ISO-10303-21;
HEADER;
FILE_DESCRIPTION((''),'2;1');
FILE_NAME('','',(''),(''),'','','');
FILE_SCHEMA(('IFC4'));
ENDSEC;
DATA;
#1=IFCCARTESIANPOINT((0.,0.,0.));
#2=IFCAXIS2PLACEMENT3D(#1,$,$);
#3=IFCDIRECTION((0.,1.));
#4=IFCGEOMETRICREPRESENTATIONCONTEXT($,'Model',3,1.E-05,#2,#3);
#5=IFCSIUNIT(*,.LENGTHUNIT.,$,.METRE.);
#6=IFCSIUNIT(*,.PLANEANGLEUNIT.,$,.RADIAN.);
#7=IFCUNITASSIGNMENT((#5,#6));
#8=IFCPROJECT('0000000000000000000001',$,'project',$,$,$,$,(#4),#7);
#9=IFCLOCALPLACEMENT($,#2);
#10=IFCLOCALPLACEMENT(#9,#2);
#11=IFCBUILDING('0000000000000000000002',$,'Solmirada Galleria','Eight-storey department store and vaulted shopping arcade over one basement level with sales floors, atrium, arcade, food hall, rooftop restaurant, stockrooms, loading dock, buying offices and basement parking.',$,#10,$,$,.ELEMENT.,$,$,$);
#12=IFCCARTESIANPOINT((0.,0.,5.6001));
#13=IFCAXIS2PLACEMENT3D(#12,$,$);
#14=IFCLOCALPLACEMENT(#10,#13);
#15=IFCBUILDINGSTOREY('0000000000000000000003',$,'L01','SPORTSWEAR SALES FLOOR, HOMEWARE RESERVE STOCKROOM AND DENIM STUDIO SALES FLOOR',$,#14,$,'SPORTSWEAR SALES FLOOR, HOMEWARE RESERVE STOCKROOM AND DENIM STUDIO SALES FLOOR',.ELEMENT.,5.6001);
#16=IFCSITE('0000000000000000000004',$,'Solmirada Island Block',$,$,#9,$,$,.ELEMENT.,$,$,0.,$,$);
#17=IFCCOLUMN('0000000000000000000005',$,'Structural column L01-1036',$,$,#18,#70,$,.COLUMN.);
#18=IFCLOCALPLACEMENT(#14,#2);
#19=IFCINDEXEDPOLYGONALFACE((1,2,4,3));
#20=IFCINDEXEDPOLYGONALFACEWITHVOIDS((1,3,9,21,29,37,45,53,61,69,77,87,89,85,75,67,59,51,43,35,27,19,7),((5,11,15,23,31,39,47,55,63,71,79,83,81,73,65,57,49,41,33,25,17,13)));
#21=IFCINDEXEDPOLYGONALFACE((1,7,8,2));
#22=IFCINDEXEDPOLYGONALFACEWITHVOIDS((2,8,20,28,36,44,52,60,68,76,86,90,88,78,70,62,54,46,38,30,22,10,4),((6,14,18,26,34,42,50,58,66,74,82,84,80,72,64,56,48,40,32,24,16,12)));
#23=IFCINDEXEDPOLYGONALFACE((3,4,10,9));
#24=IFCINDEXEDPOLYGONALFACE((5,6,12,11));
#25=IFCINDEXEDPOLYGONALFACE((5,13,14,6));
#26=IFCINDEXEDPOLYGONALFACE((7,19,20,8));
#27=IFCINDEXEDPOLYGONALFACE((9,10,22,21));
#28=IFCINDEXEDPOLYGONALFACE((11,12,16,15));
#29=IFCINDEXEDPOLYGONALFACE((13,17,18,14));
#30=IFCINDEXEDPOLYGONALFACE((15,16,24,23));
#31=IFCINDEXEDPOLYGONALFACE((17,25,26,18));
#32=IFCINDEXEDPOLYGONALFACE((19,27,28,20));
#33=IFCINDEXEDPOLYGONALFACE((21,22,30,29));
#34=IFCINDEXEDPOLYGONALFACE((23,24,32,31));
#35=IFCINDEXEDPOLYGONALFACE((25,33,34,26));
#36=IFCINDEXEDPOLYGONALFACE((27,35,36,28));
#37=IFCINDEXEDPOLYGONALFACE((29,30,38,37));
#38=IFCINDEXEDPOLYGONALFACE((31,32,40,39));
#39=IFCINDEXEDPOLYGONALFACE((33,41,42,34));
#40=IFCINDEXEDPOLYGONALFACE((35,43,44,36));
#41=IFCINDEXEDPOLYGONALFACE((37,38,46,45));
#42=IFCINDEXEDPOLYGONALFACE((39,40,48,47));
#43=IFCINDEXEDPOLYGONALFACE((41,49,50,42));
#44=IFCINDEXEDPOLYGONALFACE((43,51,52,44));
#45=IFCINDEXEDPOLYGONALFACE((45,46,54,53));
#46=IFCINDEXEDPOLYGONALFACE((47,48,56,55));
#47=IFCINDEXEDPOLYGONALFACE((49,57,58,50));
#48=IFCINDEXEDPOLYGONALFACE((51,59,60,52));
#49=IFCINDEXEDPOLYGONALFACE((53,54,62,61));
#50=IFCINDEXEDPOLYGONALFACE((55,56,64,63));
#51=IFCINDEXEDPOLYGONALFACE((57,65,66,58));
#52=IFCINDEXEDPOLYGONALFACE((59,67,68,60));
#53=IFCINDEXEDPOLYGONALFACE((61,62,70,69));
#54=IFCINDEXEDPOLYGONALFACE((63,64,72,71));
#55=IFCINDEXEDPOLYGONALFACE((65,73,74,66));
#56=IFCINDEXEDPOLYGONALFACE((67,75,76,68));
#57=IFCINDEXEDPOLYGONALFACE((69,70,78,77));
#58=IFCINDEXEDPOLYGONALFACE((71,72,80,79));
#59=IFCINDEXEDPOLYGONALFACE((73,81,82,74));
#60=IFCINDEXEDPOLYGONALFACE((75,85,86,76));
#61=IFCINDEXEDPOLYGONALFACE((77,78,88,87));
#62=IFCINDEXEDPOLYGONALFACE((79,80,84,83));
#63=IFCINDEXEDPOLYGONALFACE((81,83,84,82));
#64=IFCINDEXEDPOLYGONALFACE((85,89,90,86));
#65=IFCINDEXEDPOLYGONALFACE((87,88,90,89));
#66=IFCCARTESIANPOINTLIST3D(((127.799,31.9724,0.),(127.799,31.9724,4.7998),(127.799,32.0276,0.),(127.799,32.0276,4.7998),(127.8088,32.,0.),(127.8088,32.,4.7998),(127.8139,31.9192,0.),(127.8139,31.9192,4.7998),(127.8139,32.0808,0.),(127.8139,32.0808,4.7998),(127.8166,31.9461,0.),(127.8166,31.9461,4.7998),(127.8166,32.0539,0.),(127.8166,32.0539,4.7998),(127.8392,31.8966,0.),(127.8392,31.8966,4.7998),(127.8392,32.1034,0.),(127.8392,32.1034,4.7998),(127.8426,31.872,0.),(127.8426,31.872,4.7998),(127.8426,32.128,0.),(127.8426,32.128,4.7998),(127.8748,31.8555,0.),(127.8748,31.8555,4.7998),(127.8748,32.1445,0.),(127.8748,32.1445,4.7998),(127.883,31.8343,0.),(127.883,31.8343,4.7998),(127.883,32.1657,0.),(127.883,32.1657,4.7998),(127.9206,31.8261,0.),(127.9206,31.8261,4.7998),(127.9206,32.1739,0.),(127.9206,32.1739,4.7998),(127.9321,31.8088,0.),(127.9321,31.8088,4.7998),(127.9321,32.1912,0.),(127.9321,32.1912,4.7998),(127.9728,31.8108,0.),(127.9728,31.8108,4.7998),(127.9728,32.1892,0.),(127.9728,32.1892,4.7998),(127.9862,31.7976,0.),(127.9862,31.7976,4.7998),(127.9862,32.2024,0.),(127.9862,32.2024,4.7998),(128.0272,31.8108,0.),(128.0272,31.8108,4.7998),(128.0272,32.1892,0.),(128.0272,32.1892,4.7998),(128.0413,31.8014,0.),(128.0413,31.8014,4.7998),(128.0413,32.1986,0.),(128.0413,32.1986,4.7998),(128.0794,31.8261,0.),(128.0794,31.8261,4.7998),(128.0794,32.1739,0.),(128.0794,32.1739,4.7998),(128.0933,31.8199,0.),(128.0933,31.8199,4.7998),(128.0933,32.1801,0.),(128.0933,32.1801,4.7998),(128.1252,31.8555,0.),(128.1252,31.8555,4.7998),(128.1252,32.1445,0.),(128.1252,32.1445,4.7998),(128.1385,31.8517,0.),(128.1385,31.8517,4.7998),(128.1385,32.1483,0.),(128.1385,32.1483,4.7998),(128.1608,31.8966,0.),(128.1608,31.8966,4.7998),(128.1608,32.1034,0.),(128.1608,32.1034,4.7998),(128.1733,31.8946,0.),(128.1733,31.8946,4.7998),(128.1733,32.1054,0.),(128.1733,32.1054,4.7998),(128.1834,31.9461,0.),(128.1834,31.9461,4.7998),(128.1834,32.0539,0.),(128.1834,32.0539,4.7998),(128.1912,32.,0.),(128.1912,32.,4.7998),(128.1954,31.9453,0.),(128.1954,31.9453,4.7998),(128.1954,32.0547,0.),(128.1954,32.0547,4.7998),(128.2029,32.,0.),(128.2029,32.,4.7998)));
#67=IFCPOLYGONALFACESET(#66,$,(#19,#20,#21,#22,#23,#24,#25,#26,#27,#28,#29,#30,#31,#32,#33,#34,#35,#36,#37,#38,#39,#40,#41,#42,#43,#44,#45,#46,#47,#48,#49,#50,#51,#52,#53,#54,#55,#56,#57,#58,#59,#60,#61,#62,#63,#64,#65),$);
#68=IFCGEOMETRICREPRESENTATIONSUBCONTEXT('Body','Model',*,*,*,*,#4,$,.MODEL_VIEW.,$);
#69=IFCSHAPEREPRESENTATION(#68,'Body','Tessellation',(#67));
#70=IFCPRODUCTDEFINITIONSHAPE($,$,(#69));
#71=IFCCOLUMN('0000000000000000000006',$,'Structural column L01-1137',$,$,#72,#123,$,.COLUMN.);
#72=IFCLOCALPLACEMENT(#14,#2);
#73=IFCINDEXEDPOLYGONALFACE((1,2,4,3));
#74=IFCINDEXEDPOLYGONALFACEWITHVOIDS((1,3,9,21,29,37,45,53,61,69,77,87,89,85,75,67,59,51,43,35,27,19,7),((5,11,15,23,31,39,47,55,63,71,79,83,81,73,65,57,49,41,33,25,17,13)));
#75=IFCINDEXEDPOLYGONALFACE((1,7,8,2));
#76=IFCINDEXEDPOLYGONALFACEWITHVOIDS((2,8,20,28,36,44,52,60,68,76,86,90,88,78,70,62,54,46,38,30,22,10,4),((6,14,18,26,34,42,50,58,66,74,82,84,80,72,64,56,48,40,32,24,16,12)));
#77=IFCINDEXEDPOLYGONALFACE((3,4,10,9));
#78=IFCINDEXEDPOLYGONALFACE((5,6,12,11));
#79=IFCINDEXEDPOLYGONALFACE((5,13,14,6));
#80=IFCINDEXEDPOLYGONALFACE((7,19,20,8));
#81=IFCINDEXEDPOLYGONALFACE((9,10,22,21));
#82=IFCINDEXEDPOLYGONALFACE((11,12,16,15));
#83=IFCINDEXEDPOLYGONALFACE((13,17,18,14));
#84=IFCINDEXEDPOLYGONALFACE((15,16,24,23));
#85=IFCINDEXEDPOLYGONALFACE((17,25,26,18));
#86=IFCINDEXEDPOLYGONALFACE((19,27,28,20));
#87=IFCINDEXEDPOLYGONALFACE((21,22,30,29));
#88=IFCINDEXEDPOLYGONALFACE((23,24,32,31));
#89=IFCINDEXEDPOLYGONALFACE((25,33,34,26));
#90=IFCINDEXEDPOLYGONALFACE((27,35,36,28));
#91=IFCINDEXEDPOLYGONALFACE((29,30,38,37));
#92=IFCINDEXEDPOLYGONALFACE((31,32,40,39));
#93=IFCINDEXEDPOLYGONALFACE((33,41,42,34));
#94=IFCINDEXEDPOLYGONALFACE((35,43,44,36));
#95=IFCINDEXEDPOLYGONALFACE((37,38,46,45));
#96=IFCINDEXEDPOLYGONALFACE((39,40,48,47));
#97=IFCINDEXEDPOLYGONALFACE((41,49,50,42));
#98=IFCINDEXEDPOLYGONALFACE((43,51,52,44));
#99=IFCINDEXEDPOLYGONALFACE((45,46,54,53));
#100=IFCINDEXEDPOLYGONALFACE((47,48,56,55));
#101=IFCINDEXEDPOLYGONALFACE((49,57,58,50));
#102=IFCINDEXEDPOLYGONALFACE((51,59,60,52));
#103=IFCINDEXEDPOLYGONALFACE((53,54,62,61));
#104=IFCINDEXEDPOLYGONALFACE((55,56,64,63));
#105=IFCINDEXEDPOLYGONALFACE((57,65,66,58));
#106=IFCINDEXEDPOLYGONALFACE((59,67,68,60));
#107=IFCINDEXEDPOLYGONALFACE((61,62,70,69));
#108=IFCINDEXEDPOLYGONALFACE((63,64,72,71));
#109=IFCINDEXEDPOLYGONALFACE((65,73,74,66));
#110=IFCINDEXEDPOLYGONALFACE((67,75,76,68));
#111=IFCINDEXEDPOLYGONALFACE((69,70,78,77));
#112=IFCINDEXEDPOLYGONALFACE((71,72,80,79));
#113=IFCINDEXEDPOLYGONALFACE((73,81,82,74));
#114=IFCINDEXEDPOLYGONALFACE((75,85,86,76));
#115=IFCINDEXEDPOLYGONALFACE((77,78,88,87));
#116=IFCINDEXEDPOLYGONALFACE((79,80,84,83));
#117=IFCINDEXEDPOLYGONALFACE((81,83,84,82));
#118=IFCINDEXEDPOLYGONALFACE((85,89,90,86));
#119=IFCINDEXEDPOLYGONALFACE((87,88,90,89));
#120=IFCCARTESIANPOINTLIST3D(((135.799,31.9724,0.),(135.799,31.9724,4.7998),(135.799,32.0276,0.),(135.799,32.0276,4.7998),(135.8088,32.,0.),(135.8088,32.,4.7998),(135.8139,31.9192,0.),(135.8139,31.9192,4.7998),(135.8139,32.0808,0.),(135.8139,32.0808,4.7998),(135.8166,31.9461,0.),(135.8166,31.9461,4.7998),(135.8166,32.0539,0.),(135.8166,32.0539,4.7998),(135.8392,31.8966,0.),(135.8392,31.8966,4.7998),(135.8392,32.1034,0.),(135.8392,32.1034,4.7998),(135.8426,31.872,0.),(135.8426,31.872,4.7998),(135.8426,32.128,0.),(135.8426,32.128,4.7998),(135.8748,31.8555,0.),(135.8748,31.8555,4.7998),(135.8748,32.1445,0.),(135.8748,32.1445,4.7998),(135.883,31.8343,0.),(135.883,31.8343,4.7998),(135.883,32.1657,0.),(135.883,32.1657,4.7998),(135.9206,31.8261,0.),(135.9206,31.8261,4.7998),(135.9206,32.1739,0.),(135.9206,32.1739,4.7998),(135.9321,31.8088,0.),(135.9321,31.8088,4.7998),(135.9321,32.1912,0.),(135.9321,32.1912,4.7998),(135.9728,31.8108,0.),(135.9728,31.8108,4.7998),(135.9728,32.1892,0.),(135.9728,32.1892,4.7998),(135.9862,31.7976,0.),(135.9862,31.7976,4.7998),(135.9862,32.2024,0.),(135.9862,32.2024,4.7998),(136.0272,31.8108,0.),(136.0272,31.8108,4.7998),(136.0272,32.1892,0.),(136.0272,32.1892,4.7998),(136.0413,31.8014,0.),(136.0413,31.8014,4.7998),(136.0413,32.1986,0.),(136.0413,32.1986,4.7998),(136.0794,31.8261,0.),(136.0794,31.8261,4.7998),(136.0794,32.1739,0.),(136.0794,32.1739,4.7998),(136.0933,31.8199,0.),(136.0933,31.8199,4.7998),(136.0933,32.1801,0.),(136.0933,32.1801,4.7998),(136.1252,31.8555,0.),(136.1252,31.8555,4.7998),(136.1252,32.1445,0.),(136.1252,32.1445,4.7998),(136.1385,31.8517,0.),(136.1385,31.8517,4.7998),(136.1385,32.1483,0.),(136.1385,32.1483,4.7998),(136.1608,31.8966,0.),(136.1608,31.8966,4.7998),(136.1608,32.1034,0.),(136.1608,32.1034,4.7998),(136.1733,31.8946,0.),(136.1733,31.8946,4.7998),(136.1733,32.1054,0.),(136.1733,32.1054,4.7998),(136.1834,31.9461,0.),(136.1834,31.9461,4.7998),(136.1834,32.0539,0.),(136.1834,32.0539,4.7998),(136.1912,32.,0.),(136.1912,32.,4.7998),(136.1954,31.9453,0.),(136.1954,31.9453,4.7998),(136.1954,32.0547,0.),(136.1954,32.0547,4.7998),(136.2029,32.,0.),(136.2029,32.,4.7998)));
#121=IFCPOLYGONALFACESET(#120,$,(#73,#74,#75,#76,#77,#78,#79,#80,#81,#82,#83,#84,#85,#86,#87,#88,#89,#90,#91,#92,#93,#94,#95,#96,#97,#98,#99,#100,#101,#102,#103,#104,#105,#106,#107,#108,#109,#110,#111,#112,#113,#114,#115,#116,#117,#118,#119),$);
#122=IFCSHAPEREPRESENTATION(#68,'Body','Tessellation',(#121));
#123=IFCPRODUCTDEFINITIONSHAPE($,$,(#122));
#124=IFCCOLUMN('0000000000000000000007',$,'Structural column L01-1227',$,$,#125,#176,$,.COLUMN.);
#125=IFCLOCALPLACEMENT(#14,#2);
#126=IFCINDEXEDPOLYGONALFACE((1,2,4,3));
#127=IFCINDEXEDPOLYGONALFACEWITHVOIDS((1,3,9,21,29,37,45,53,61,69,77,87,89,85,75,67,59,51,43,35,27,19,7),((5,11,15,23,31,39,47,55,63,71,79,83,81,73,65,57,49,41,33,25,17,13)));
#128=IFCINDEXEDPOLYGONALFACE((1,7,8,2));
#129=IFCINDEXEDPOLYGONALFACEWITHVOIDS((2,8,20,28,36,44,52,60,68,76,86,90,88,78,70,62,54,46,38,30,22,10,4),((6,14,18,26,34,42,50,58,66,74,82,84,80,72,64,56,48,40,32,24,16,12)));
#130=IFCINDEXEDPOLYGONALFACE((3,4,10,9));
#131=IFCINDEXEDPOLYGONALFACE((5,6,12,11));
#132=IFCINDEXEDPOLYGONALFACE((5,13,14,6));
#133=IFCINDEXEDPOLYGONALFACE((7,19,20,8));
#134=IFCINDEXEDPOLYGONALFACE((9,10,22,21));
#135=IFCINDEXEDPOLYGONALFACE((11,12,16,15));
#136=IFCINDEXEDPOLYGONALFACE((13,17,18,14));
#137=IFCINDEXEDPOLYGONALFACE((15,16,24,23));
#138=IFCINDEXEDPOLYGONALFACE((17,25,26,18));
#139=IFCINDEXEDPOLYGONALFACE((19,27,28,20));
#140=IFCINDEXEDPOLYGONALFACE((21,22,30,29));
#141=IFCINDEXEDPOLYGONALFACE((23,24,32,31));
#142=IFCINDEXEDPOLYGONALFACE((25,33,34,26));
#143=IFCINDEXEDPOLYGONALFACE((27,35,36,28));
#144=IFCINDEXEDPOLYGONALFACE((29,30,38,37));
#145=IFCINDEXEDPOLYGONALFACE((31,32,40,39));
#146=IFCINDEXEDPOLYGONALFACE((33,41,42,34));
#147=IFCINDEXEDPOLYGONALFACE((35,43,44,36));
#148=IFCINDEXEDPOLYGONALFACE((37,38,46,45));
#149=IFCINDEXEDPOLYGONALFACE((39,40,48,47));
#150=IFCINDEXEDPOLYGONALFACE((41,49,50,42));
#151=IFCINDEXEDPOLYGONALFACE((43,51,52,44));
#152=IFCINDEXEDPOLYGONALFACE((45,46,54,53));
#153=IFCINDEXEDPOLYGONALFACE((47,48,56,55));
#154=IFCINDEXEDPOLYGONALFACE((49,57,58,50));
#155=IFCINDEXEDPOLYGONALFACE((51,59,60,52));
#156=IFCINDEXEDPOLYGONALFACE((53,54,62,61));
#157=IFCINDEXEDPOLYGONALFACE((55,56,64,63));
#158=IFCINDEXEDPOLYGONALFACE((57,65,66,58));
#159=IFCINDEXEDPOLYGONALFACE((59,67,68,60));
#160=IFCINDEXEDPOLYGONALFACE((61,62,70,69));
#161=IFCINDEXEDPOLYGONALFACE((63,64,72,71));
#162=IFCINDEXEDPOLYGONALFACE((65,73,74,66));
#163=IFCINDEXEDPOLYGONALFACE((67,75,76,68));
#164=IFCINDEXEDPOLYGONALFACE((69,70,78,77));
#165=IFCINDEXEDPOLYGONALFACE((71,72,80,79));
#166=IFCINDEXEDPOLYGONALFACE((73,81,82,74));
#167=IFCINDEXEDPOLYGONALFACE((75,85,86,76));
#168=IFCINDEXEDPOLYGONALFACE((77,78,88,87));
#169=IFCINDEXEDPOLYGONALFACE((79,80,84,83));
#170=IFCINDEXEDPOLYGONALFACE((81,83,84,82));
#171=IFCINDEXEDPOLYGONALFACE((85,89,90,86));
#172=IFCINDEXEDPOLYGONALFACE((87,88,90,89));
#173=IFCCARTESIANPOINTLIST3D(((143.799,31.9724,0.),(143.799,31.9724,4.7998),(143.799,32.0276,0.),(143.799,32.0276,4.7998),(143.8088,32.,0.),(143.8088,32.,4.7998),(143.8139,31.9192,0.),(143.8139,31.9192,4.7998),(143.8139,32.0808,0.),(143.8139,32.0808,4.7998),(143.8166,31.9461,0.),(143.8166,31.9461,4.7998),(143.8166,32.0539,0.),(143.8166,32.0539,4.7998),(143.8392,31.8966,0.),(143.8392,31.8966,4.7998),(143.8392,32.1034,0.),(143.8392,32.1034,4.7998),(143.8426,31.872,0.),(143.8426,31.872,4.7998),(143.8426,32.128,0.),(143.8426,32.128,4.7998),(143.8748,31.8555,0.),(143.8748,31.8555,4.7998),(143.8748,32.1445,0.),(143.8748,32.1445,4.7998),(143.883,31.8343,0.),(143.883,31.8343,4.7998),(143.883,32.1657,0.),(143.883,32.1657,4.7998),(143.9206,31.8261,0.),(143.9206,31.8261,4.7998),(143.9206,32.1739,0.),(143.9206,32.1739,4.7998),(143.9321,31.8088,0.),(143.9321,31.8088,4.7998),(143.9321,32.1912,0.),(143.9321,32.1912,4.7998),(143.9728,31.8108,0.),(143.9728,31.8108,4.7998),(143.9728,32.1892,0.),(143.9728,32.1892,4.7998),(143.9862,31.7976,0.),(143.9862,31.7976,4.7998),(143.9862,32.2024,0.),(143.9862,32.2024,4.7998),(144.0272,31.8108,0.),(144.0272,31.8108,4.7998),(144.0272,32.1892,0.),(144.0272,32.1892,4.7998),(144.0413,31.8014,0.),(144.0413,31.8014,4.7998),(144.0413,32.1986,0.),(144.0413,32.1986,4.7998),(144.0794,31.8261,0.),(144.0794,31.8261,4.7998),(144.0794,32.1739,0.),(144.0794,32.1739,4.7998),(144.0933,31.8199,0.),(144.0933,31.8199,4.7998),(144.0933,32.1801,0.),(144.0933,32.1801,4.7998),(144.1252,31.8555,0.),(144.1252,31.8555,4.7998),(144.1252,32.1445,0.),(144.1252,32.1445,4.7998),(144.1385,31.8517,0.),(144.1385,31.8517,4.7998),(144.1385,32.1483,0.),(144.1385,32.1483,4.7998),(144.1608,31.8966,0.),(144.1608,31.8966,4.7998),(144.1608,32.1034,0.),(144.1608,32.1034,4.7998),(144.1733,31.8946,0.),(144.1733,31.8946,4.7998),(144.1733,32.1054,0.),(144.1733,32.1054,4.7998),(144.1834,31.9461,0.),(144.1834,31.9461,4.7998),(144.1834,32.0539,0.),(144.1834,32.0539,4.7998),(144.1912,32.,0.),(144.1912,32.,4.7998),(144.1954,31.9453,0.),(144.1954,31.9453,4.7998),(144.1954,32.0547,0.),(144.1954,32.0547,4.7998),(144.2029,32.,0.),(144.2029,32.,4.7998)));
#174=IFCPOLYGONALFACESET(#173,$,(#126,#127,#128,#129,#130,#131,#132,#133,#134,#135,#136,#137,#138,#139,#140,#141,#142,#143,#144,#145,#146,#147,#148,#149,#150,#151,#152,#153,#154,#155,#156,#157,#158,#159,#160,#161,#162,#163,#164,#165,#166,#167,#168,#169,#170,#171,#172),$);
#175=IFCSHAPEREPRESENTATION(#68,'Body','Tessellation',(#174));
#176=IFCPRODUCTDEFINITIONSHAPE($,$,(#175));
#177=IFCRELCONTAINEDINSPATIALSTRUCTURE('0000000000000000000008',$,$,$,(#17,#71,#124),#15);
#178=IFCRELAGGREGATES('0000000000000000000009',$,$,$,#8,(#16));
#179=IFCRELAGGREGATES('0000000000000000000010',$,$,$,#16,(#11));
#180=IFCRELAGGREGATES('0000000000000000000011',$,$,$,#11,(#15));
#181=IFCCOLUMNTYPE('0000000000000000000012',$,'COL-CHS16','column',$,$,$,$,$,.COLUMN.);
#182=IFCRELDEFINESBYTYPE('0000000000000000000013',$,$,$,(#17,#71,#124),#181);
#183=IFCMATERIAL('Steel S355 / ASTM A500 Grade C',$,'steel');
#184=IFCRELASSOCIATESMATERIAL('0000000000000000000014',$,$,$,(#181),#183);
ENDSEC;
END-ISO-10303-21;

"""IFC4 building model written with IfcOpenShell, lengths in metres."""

from ifc_helpers import new_model, si_unit, direction, frame, origin, origin_2d, place, context, subcontext, project, spatial, hollow_circle, extrude, material, material_profile, profile_set, type_object, element, save


model = new_model("IFC4")

# Units and contexts
model_context = context("Model", 3, precision=1e-05, world=origin(), true_north=direction((0.0, 1.0)))
body_context = subcontext(model_context, "Body", "Model", "MODEL_VIEW")
ifc_project = project(units=[si_unit("LENGTHUNIT", "METRE"), si_unit("PLANEANGLEUNIT", "RADIAN")], contexts=[model_context])

# Site, building, storey
site_placement = place(None, origin())
site = spatial("IfcSite", under=ifc_project, at=site_placement, Name="Solmirada Island Block", CompositionType="ELEMENT", RefElevation=0.0)
building_placement = place(site_placement, origin())
building = spatial("IfcBuilding", under=site, at=building_placement, Name="Solmirada Galleria", Description="Eight-storey department store and vaulted shopping arcade over one basement level with sales floors, atrium, arcade, food hall, rooftop restaurant, stockrooms, loading dock, buying offices and basement parking.", CompositionType="ELEMENT")
storey_placement = place(building_placement, frame((0.0, 0.0, 5.6001)))
storey = spatial("IfcBuildingStorey", under=building, at=storey_placement, Name="L01", Description="SPORTSWEAR SALES FLOOR, HOMEWARE RESERVE STOCKROOM AND DENIM STUDIO SALES FLOOR", LongName="SPORTSWEAR SALES FLOOR, HOMEWARE RESERVE STOCKROOM AND DENIM STUDIO SALES FLOOR", CompositionType="ELEMENT", Elevation=5.6001)

# Columns
ifc_material_1 = material(Name="Steel S355 / ASTM A500 Grade C", Category="steel")
ifc_material_profile_1 = material_profile(ifc_material_1, hollow_circle(Radius=0.2029, WallThickness=0.0117, at=origin_2d()), Name="HSS16.000X0.500")
ifc_profile_set_1 = profile_set([ifc_material_profile_1], Name="Steel S355 / ASTM A500 Grade C")
column_type_1 = type_object("IfcColumnType", Name="COL-CHS16", Description="column", PredefinedType="COLUMN", material=ifc_profile_set_1)
for number, where, z_axis, x_axis, name in (
    (1, (128.0, 32.0, 0.0), (0.0, 0.0, 1.0), (1.0, 0.0, 0.0), "Structural column L01-1036"),
    (2, (136.0, 32.0, 0.0), (0.0, 0.0, 1.0), (1.0, 0.0, 0.0), "Structural column L01-1137"),
    (3, (144.0, 32.0, 0.0), (0.0, 0.0, 1.0), (1.0, 0.0, 0.0), "Structural column L01-1227"),
):
    element("IfcColumn", number, at=place(storey_placement, frame(where, z_axis=z_axis, x_axis=x_axis)), inside=storey, type_object=column_type_1, Name=name, PredefinedType="COLUMN", context=body_context, shape_type="SweptSolid", body=[
        extrude(hollow_circle(Radius=0.2029, WallThickness=0.0117, at=origin_2d()), origin(), (0.0, 0.0, 1.0), 4.7998),
    ])

save(model, "model.ifc")
